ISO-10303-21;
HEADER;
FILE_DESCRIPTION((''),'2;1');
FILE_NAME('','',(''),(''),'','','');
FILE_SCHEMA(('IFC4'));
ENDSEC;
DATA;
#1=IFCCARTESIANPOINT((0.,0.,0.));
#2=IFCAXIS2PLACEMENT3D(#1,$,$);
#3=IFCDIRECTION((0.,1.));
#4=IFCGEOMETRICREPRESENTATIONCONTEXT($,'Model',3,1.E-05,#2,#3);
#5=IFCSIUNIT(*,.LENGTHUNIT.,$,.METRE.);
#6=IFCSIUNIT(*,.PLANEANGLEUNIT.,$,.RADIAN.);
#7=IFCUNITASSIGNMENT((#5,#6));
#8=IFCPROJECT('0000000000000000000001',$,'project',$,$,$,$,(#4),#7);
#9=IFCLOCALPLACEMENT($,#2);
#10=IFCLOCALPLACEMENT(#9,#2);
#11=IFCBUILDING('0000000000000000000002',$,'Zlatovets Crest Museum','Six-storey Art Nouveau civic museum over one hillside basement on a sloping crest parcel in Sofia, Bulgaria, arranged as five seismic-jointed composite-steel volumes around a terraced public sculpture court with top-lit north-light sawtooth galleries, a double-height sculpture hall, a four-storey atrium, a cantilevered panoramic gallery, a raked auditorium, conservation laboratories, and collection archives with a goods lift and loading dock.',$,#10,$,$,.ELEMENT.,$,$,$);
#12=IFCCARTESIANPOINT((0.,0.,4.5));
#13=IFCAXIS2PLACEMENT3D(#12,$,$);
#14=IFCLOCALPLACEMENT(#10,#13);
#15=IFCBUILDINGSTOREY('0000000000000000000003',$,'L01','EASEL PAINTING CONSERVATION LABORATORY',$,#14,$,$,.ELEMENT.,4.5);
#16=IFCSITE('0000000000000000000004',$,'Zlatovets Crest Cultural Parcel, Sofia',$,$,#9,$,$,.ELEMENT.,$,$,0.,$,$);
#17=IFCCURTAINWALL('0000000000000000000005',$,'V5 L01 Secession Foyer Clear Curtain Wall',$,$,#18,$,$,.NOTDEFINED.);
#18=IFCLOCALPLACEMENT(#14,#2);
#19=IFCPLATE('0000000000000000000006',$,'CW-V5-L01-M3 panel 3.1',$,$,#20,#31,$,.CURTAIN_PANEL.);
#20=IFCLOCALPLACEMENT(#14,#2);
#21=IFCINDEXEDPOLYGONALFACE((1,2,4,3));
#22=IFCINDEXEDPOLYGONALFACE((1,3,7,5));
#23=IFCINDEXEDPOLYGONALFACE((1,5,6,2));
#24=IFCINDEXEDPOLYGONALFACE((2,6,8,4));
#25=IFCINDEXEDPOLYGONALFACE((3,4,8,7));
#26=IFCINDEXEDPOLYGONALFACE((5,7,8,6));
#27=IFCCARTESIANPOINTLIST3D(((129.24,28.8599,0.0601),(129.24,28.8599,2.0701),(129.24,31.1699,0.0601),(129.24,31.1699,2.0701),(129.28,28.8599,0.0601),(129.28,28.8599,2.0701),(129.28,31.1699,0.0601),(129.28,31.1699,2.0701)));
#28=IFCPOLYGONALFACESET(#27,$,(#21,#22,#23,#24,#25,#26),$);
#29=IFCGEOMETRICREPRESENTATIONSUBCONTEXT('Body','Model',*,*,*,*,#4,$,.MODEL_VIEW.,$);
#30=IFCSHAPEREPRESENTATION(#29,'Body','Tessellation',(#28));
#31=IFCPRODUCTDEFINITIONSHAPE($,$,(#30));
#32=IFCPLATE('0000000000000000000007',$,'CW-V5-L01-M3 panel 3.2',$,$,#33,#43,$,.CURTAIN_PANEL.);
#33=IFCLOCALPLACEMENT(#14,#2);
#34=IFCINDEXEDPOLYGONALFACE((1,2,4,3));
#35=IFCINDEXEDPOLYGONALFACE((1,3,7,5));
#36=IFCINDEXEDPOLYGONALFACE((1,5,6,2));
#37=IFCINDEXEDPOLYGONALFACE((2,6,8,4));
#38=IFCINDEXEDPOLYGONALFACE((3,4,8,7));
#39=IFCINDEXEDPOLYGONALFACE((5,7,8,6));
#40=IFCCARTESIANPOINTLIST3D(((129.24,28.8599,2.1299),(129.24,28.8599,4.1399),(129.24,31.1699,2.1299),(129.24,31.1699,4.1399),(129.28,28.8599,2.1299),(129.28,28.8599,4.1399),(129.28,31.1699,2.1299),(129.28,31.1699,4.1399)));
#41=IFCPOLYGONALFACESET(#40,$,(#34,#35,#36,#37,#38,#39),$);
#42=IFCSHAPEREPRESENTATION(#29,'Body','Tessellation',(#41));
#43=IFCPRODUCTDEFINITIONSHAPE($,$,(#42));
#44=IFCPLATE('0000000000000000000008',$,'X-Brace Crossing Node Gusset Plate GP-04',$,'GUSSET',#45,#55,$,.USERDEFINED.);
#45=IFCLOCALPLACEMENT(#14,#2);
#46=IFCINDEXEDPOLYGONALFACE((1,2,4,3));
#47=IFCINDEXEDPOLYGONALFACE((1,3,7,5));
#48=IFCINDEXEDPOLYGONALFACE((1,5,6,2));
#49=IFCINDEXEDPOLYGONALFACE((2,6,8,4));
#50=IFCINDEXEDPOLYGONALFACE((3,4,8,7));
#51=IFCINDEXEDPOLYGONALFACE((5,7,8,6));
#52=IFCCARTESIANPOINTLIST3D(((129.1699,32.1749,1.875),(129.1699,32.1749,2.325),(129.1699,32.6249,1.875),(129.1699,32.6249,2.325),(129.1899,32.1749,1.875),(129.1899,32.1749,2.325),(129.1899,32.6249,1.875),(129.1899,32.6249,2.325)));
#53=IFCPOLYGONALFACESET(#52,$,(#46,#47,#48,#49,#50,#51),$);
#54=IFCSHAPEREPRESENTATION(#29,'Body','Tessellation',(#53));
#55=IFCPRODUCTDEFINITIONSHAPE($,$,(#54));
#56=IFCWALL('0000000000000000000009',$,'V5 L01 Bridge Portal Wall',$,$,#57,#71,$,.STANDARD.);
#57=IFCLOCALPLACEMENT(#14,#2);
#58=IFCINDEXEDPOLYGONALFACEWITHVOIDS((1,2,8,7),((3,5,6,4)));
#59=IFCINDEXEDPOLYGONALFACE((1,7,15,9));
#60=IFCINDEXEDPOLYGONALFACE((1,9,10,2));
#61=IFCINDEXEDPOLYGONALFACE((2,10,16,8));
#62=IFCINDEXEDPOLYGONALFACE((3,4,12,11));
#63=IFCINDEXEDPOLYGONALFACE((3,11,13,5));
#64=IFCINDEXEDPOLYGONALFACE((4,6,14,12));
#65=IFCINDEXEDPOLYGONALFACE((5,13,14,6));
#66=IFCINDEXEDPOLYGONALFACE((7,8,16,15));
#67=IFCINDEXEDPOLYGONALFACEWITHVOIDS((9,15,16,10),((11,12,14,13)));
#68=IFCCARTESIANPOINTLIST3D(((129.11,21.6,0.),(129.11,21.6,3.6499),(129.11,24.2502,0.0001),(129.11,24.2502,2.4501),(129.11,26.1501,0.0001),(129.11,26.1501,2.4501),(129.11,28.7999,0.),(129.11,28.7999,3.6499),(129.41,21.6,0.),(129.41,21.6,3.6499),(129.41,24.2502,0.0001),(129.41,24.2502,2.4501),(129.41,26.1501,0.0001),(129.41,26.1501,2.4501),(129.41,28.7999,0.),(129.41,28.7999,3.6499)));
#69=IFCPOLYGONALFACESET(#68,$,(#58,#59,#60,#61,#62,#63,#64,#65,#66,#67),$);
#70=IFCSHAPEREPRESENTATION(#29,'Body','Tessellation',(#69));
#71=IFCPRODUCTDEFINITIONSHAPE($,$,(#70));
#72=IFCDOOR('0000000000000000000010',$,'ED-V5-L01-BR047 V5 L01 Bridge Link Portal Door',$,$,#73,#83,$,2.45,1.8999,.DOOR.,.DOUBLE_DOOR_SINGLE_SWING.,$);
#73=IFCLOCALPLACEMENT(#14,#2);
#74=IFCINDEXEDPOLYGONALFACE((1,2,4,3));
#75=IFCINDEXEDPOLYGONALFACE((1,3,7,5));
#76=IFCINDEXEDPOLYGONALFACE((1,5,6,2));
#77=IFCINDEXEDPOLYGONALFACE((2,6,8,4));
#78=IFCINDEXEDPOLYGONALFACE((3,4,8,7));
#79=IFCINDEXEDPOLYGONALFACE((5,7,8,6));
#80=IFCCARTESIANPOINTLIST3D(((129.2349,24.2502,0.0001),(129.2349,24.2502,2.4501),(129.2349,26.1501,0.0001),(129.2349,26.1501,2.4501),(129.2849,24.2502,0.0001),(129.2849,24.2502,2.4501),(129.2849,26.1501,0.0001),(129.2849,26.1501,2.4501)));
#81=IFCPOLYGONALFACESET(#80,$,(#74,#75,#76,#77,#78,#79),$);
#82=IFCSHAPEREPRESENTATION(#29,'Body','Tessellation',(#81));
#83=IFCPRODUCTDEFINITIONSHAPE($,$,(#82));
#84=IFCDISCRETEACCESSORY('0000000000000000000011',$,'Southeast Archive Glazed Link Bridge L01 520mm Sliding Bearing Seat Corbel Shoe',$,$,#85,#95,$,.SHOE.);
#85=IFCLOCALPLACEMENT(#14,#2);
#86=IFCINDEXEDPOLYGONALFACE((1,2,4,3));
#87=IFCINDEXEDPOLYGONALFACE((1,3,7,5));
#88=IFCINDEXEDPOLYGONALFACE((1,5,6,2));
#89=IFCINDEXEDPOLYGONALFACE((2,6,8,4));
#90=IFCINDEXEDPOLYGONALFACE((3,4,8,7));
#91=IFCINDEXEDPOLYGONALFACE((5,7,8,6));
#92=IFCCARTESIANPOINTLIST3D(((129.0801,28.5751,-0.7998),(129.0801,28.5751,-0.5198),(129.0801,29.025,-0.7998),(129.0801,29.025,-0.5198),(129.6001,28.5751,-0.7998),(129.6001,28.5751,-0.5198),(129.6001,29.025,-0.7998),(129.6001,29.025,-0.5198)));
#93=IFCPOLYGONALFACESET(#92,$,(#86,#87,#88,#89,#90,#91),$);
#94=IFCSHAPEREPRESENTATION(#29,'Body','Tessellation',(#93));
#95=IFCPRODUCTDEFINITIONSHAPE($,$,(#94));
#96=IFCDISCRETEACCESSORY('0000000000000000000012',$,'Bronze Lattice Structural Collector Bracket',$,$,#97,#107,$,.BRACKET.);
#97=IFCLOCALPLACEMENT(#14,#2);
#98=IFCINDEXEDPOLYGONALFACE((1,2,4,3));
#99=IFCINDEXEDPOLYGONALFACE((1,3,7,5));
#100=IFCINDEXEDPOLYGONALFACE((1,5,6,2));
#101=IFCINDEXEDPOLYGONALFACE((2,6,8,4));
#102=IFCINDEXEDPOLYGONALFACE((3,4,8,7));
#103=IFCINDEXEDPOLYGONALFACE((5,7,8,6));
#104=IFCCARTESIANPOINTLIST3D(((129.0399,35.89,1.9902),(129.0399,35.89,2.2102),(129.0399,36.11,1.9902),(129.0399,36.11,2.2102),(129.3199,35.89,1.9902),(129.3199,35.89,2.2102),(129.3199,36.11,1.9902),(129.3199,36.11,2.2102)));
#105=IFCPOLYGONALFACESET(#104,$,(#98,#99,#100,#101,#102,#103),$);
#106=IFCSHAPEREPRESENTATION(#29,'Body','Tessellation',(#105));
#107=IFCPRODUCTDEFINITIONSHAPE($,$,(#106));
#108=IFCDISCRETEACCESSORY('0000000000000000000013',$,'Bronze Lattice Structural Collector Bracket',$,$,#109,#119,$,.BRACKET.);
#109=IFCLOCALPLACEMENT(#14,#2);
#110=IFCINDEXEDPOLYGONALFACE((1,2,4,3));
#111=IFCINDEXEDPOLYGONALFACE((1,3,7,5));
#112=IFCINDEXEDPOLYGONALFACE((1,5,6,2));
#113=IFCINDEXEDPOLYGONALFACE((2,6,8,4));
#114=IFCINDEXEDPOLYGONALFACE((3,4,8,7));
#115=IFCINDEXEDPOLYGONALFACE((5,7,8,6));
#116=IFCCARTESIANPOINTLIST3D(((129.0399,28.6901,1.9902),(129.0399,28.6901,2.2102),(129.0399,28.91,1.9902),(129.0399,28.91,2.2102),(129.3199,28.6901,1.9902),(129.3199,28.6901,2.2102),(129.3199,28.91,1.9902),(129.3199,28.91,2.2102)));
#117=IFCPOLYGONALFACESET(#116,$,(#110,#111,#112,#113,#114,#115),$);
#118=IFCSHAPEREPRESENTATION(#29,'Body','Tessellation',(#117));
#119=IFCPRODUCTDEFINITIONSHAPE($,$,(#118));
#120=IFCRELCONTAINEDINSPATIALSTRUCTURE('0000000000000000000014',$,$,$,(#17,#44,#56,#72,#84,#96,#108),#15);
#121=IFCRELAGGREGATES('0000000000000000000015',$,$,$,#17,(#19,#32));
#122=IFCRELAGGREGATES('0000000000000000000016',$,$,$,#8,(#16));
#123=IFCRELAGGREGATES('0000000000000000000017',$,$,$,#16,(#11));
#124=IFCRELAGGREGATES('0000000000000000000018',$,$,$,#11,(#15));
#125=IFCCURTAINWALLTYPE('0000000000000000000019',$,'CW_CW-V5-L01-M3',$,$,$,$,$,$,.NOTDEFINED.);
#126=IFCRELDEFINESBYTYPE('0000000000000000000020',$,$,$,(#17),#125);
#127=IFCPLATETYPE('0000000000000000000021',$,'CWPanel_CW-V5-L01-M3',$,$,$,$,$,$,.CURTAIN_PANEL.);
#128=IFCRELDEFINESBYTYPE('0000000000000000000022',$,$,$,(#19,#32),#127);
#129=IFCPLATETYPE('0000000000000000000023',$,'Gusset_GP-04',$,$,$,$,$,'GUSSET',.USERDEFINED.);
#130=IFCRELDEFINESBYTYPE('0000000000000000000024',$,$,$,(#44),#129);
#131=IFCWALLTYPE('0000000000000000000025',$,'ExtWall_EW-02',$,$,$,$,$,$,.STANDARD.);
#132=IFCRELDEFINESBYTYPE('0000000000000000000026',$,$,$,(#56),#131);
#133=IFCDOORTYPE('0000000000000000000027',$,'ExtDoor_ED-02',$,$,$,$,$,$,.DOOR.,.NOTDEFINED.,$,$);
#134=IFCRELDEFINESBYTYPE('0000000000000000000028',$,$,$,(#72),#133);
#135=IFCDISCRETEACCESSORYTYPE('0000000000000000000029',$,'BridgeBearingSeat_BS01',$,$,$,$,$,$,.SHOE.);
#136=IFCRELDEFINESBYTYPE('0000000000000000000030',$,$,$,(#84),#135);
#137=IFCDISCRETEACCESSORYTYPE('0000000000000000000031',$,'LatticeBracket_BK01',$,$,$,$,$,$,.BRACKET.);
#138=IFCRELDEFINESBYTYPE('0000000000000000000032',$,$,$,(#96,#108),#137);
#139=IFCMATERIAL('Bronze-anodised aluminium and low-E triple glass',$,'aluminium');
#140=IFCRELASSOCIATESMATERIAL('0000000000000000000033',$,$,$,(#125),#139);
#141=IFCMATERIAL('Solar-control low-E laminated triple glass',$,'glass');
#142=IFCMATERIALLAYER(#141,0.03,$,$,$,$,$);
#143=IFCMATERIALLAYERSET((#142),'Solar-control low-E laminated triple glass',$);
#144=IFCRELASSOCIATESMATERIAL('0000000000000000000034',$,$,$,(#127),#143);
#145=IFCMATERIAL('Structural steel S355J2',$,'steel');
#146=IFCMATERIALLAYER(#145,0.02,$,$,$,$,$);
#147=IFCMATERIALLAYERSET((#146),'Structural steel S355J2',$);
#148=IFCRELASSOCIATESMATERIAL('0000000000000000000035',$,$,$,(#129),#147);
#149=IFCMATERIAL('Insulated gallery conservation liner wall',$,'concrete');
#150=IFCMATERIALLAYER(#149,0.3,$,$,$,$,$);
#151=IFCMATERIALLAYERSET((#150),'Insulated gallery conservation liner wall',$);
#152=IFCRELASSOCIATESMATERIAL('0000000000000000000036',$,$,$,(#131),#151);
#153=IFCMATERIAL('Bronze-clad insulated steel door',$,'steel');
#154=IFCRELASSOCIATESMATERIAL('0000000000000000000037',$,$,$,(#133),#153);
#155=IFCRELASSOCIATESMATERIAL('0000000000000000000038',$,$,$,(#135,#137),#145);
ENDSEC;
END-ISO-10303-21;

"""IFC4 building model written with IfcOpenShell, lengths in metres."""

from ifc_helpers import new_model, si_unit, direction, frame, frame_2d, origin, origin_2d, place, context, subcontext, project, spatial, rectangle, extrude, material, layer, layer_set, type_object, element, fill, aggregate, save


model = new_model("IFC4")

# Units and contexts
model_context = context("Model", 3, precision=1e-05, world=origin(), true_north=direction((0.0, 1.0)))
body_context = subcontext(model_context, "Body", "Model", "MODEL_VIEW")
ifc_project = project(units=[si_unit("LENGTHUNIT", "METRE"), si_unit("PLANEANGLEUNIT", "RADIAN")], contexts=[model_context])

# Site, building, storey
site_placement = place(None, origin())
site = spatial("IfcSite", under=ifc_project, at=site_placement, Name="Zlatovets Crest Cultural Parcel, Sofia", CompositionType="ELEMENT", RefElevation=0.0)
building_placement = place(site_placement, origin())
building = spatial("IfcBuilding", under=site, at=building_placement, Name="Zlatovets Crest Museum", Description="Six-storey Art Nouveau civic museum over one hillside basement on a sloping crest parcel in Sofia, Bulgaria, arranged as five seismic-jointed composite-steel volumes around a terraced public sculpture court with top-lit north-light sawtooth galleries, a double-height sculpture hall, a four-storey atrium, a cantilevered panoramic gallery, a raked auditorium, conservation laboratories, and collection archives with a goods lift and loading dock.", CompositionType="ELEMENT")
storey_placement = place(building_placement, frame((0.0, 0.0, 4.5)))
storey = spatial("IfcBuildingStorey", under=building, at=storey_placement, Name="L01", Description="EASEL PAINTING CONSERVATION LABORATORY", CompositionType="ELEMENT", Elevation=4.5)

# Shared definitions
ifc_material_1 = material(Name="Structural steel S355J2", Category="steel")

# Curtain wall
ifc_material_2 = material(Name="Bronze-anodised aluminium and low-E triple glass", Category="aluminium")
curtain_wall_type_1 = type_object("IfcCurtainWallType", Name="CW_CW-V5-L01-M3", PredefinedType="NOTDEFINED", material=ifc_material_2)
curtain_wall_1_placement = place(storey_placement, origin())
curtain_wall_1 = element("IfcCurtainWall", 1, at=curtain_wall_1_placement, inside=storey, type_object=curtain_wall_type_1, Name="V5 L01 Secession Foyer Clear Curtain Wall", PredefinedType="NOTDEFINED")

# Plates
ifc_material_3 = material(Name="Solar-control low-E laminated triple glass", Category="glass")
ifc_layer_1 = layer(ifc_material_3, 0.03)
ifc_layer_set_1 = layer_set([ifc_layer_1], Name="Solar-control low-E laminated triple glass")
plate_type_1 = type_object("IfcPlateType", Name="CWPanel_CW-V5-L01-M3", PredefinedType="CURTAIN_PANEL", material=ifc_layer_set_1)
plate_1_placement = place(storey_placement, frame((129.26, 30.0149, 0.0601), z_axis=(0.0, 0.0, 1.0), x_axis=(0.0, -1.0, 0.0)))
plate_1 = element("IfcPlate", 2, at=plate_1_placement, type_object=plate_type_1, Name="CW-V5-L01-M3 panel 3.1", PredefinedType="CURTAIN_PANEL", context=body_context, shape_type="SweptSolid", body=[
    extrude(rectangle(XDim=2.3101, YDim=0.04, at=origin_2d()), origin(), (0.0, 0.0, 1.0), 2.01),
])
plate_2_placement = place(storey_placement, frame((129.26, 30.0149, 2.1299), z_axis=(0.0, 0.0, 1.0), x_axis=(0.0, -1.0, 0.0)))
plate_2 = element("IfcPlate", 3, at=plate_2_placement, type_object=plate_type_1, Name="CW-V5-L01-M3 panel 3.2", PredefinedType="CURTAIN_PANEL", context=body_context, shape_type="SweptSolid", body=[
    extrude(rectangle(XDim=2.3101, YDim=0.04, at=origin_2d()), origin(), (0.0, 0.0, 1.0), 2.01),
])
aggregate(curtain_wall_1, [plate_1, plate_2])
ifc_layer_2 = layer(ifc_material_1, 0.02)
ifc_layer_set_2 = layer_set([ifc_layer_2], Name="Structural steel S355J2")
plate_type_2 = type_object("IfcPlateType", Name="Gusset_GP-04", ElementType="GUSSET", PredefinedType="USERDEFINED", material=ifc_layer_set_2)
plate_3_placement = place(storey_placement, frame((129.1799, 32.3999, 1.875), z_axis=(0.0, 0.0, 1.0), x_axis=(1.0, 0.0, 0.0)))
element("IfcPlate", 4, at=plate_3_placement, inside=storey, type_object=plate_type_2, Name="X-Brace Crossing Node Gusset Plate GP-04", ObjectType="GUSSET", PredefinedType="USERDEFINED", context=body_context, shape_type="SweptSolid", body=[
    extrude(rectangle(XDim=0.02, YDim=0.45, at=origin_2d()), origin(), (0.0, 0.0, 1.0), 0.45),
])

# Wall, opening, door
ifc_material_4 = material(Name="Insulated gallery conservation liner wall", Category="concrete")
ifc_layer_3 = layer(ifc_material_4, 0.3)
ifc_layer_set_3 = layer_set([ifc_layer_3], Name="Insulated gallery conservation liner wall")
wall_type = type_object("IfcWallType", Name="ExtWall_EW-02", PredefinedType="STANDARD", material=ifc_layer_set_3)
wall_placement = place(storey_placement, frame((129.26, 28.8, 0.0), z_axis=(0.0, 0.0, 1.0), x_axis=(0.0, -1.0, 0.0)))
wall = element("IfcWall", 5, at=wall_placement, inside=storey, type_object=wall_type, Name="V5 L01 Bridge Portal Wall", PredefinedType="STANDARD", context=body_context, shape_type="SweptSolid", body=[
    extrude(rectangle(XDim=7.2, YDim=0.3, at=frame_2d((3.6001, 0.0))), origin(), (0.0, 0.0, 1.0), 3.6499),
])
opening_placement = place(wall_placement, frame((2.6499, 0.0, 0.0)))
opening = element("IfcOpeningElement", 6, at=opening_placement, cuts=wall, PredefinedType="OPENING", context=body_context, shape_type="SweptSolid", body=[
    extrude(rectangle(XDim=1.8999, YDim=2.45, at=frame_2d((0.95, 1.2251))), frame((0.0, 0.1602, 0.0), z_axis=(0.0, -1.0, 0.0), x_axis=(1.0, 0.0, 0.0)), (0.0, 0.0, 1.0), 0.3201),
])
ifc_material_5 = material(Name="Bronze-clad insulated steel door", Category="steel")
door_type = type_object("IfcDoorType", Name="ExtDoor_ED-02", OperationType="NOTDEFINED", PredefinedType="DOOR", material=ifc_material_5)
door_placement = place(opening_placement, origin())
door = element("IfcDoor", 7, at=door_placement, inside=storey, type_object=door_type, Name="ED-V5-L01-BR047 V5 L01 Bridge Link Portal Door", OperationType="DOUBLE_DOOR_SINGLE_SWING", OverallHeight=2.45, OverallWidth=1.8999, PredefinedType="DOOR", context=body_context, shape_type="SweptSolid", body=[
    extrude(rectangle(XDim=1.8999, YDim=2.45, at=frame_2d((0.95, 1.2251))), frame((0.0, 0.0249, 0.0), z_axis=(0.0, -1.0, 0.0), x_axis=(1.0, 0.0, 0.0)), (0.0, 0.0, 1.0), 0.05),
])
fill(opening, door)

# Discrete accessories
discrete_accessory_type_1 = type_object("IfcDiscreteAccessoryType", Name="BridgeBearingSeat_BS01", PredefinedType="SHOE", material=ifc_material_1)
discrete_accessory_placement = place(storey_placement, frame((129.3401, 28.8, -0.7998), z_axis=(0.0, 0.0, 1.0), x_axis=(1.0, 0.0, 0.0)))
element("IfcDiscreteAccessory", 8, at=discrete_accessory_placement, inside=storey, type_object=discrete_accessory_type_1, Name="Southeast Archive Glazed Link Bridge L01 520mm Sliding Bearing Seat Corbel Shoe", PredefinedType="SHOE", context=body_context, shape_type="SweptSolid", body=[
    extrude(rectangle(XDim=0.52, YDim=0.45, at=origin_2d()), origin(), (0.0, 0.0, 1.0), 0.28),
])
discrete_accessory_type_2 = type_object("IfcDiscreteAccessoryType", Name="LatticeBracket_BK01", PredefinedType="BRACKET", material=ifc_material_1)
for number, where, z_axis, x_axis, name in (
    (9, (129.1799, 36.0, 1.9902), (0.0, 0.0, 1.0), (1.0, 0.0, 0.0), "Bronze Lattice Structural Collector Bracket"),
    (10, (129.1799, 28.8, 1.9902), (0.0, 0.0, 1.0), (1.0, 0.0, 0.0), "Bronze Lattice Structural Collector Bracket"),
):
    element("IfcDiscreteAccessory", number, at=place(storey_placement, frame(where, z_axis=z_axis, x_axis=x_axis)), inside=storey, type_object=discrete_accessory_type_2, Name=name, PredefinedType="BRACKET", context=body_context, shape_type="SweptSolid", body=[
        extrude(rectangle(XDim=0.28, YDim=0.22, at=origin_2d()), origin(), (0.0, 0.0, 1.0), 0.22),
    ])

save(model, "model.ifc")
